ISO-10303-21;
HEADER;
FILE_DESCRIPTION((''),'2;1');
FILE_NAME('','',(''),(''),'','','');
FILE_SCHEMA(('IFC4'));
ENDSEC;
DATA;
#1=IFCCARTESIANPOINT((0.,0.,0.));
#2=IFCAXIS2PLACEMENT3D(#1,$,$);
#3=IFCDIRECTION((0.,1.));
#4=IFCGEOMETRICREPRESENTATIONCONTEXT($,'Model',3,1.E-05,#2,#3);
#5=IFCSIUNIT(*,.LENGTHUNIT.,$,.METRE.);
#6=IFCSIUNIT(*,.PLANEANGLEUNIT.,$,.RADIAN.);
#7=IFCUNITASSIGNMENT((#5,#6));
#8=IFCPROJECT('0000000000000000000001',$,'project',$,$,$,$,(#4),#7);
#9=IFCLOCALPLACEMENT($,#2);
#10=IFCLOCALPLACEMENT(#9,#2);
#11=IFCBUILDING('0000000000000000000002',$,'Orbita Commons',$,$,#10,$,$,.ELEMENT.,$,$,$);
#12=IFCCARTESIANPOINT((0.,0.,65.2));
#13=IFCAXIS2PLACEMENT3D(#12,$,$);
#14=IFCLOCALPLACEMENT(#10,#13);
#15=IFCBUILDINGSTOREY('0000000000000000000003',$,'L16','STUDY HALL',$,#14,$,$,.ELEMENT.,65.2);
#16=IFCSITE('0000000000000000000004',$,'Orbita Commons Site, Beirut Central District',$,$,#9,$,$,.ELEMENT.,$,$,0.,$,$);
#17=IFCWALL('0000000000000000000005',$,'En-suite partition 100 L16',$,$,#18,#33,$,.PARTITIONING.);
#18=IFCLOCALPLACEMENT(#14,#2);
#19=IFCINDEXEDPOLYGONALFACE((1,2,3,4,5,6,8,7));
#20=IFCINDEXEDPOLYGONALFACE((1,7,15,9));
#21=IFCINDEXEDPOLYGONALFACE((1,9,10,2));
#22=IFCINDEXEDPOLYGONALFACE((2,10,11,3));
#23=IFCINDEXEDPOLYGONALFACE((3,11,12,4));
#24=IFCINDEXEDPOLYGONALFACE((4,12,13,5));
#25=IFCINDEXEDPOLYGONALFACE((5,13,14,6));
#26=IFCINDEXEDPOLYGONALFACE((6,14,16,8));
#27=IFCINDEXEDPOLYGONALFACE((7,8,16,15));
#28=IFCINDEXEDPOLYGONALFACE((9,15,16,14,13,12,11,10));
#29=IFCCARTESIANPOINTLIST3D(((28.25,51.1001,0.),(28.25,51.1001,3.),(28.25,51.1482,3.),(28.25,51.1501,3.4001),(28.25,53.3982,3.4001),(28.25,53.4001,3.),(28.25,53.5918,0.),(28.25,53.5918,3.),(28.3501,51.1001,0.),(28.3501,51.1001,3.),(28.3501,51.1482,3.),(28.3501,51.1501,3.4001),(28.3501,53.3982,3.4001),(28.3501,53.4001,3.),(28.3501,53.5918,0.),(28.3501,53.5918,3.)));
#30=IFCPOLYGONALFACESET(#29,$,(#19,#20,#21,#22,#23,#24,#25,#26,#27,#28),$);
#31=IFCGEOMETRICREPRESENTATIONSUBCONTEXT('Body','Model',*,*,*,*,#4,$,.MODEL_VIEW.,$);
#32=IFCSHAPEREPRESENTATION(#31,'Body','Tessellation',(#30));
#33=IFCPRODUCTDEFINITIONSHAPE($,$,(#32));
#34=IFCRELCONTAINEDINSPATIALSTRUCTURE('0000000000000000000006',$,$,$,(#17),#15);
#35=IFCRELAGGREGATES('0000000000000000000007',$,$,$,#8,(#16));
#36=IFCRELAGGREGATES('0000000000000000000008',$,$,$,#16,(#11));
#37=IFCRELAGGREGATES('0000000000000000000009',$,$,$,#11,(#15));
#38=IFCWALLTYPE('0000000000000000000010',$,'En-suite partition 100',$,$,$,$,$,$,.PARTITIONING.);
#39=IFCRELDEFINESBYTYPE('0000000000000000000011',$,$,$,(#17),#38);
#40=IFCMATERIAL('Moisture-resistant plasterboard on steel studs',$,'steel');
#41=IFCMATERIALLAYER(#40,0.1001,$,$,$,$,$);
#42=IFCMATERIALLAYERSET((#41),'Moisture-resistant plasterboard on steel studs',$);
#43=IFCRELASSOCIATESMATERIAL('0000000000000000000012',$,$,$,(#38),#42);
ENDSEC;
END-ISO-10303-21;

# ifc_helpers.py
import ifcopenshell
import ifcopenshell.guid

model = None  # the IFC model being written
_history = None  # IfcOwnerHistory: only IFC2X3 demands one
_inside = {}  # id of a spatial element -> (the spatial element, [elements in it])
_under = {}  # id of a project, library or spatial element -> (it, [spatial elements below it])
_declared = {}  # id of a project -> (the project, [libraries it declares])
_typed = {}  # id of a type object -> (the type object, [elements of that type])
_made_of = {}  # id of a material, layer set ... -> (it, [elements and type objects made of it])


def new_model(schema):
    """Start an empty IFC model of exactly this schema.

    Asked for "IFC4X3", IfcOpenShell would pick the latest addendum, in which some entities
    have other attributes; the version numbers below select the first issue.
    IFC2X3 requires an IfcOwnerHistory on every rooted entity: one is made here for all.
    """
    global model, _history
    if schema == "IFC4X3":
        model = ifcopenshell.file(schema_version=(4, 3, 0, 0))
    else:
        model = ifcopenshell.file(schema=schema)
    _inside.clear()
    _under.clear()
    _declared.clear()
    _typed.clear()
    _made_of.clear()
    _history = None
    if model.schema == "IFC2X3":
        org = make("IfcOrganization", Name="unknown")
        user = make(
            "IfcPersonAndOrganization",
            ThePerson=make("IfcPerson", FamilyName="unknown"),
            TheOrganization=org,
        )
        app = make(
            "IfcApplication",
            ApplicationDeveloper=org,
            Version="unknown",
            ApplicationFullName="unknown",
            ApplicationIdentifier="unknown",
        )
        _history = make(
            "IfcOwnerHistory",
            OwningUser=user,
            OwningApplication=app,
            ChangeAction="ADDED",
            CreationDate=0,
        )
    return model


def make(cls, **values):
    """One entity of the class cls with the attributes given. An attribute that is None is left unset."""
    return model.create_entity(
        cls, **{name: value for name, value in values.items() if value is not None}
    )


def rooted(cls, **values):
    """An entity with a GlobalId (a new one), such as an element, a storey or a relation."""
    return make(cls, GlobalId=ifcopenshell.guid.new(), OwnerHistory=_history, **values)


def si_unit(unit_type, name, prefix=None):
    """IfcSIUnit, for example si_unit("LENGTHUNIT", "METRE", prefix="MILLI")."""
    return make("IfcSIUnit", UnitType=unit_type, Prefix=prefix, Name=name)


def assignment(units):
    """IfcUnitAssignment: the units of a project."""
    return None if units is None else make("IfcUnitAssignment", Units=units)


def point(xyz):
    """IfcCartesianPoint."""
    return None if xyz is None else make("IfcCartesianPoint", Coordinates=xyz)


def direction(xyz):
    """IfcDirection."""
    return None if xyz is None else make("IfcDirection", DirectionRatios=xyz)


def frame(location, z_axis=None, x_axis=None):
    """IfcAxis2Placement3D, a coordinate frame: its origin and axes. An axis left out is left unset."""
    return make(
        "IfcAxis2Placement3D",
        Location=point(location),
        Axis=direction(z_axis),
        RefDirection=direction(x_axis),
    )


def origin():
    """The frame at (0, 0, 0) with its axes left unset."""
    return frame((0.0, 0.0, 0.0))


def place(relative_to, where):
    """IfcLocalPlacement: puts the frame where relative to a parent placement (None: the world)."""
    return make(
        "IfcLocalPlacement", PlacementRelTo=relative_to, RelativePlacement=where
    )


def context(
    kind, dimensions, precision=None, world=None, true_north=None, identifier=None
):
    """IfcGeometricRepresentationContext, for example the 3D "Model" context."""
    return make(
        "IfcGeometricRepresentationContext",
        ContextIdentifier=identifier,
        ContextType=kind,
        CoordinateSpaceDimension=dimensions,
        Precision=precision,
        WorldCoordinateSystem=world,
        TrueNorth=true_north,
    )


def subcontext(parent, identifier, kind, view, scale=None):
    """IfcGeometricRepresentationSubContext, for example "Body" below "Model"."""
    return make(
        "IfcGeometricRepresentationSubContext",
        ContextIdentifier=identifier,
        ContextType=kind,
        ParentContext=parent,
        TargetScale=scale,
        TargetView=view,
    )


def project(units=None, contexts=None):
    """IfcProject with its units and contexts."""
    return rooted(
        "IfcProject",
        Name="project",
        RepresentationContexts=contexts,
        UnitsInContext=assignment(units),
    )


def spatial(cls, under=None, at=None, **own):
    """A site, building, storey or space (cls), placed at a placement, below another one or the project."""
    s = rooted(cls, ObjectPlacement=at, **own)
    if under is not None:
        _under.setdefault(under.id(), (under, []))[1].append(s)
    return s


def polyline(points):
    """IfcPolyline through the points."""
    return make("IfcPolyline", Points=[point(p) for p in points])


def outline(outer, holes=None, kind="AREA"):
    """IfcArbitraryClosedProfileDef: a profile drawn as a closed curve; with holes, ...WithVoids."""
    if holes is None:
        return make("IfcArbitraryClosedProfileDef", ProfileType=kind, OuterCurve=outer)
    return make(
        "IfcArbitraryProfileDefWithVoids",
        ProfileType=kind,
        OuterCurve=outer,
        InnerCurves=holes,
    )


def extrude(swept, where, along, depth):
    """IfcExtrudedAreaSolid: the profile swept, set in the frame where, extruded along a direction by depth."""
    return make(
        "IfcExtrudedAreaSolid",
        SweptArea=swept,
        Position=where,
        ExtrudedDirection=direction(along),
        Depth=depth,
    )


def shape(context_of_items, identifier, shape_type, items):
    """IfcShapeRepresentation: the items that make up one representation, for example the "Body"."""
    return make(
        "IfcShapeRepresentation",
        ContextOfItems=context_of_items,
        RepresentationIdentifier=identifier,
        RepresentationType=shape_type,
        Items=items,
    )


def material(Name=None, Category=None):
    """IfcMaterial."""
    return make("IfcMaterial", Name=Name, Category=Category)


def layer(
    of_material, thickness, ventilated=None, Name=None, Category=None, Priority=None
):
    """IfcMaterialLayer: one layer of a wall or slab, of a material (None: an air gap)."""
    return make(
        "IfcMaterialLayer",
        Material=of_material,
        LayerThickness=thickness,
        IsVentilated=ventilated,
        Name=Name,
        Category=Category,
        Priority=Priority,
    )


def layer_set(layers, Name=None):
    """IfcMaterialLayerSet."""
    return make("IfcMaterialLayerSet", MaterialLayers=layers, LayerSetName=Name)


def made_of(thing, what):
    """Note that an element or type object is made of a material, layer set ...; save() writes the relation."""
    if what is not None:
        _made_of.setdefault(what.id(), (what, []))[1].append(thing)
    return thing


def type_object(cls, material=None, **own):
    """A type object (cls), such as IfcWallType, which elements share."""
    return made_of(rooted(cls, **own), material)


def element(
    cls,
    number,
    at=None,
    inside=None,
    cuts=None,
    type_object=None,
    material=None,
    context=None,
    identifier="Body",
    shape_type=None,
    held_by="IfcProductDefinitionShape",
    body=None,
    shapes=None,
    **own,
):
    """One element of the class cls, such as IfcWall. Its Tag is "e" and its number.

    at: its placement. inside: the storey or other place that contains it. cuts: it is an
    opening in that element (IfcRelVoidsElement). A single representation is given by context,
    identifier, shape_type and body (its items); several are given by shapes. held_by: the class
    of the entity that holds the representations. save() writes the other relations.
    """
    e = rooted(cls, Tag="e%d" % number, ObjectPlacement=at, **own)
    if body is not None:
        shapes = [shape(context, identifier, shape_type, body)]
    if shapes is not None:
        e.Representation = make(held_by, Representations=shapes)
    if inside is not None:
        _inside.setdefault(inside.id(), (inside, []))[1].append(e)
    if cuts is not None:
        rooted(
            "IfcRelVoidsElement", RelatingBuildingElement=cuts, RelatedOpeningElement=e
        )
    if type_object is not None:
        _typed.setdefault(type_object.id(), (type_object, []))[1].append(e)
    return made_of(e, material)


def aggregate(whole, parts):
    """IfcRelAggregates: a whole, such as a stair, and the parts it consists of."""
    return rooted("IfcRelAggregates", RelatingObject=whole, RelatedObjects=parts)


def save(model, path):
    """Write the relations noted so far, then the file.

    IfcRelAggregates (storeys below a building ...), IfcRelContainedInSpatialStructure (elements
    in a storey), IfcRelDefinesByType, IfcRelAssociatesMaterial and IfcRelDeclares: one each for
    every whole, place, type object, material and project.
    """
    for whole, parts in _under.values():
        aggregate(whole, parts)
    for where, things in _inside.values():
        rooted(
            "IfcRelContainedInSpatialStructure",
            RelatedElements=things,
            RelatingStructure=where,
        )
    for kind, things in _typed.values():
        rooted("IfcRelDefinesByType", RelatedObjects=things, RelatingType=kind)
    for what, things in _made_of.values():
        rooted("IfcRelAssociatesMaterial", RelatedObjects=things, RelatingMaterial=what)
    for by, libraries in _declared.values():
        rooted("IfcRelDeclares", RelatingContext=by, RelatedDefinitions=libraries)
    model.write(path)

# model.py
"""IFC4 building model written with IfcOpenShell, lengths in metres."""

from ifc_helpers import new_model, si_unit, direction, frame, origin, place, context, subcontext, project, spatial, polyline, outline, extrude, material, layer, layer_set, type_object, element, save


model = new_model("IFC4")

# Units and contexts
model_context = context("Model", 3, precision=1e-05, world=origin(), true_north=direction((0.0, 1.0)))
body_context = subcontext(model_context, "Body", "Model", "MODEL_VIEW")
ifc_project = project(units=[si_unit("LENGTHUNIT", "METRE"), si_unit("PLANEANGLEUNIT", "RADIAN")], contexts=[model_context])

# Site, building, storey
site_placement = place(None, origin())
site = spatial("IfcSite", under=ifc_project, at=site_placement, Name="Orbita Commons Site, Beirut Central District", CompositionType="ELEMENT", RefElevation=0.0)
building_placement = place(site_placement, origin())
building = spatial("IfcBuilding", under=site, at=building_placement, Name="Orbita Commons", CompositionType="ELEMENT")
storey_placement = place(building_placement, frame((0.0, 0.0, 65.2)))
storey = spatial("IfcBuildingStorey", under=building, at=storey_placement, Name="L16", Description="STUDY HALL", CompositionType="ELEMENT", Elevation=65.2)

# Shared definitions
ifc_material_1 = material(Name="Moisture-resistant plasterboard on steel studs", Category="steel")
ifc_layer_1 = layer(ifc_material_1, 0.1001)
ifc_layer_set_1 = layer_set([ifc_layer_1], Name="Moisture-resistant plasterboard on steel studs")
wall_type_1 = type_object("IfcWallType", Name="En-suite partition 100", PredefinedType="PARTITIONING", material=ifc_layer_set_1)

# Wall
for number, where, z_axis, x_axis, name in (
    (1, (28.3, 53.5918, 0.0), (0.0, 0.0, 1.0), (0.0, -1.0, 0.0), "En-suite partition 100 L16"),
):
    element("IfcWall", number, at=place(storey_placement, frame(where, z_axis=z_axis, x_axis=x_axis)), inside=storey, type_object=wall_type_1, Name=name, PredefinedType="PARTITIONING", context=body_context, shape_type="SweptSolid", body=[
        extrude(outline(polyline([(0.0, 0.0), (2.4917, 0.0), (2.4917, 3.0), (2.4436, 3.0), (2.4417, 3.4001), (0.1936, 3.4001), (0.1917, 3.0), (0.0, 3.0), (0.0, 0.0)])), frame((0.0, 0.05, 0.0), z_axis=(0.0, -1.0, 0.0), x_axis=(1.0, 0.0, 0.0)), (0.0, 0.0, 1.0), 0.1001),
    ])

save(model, "model.ifc")
